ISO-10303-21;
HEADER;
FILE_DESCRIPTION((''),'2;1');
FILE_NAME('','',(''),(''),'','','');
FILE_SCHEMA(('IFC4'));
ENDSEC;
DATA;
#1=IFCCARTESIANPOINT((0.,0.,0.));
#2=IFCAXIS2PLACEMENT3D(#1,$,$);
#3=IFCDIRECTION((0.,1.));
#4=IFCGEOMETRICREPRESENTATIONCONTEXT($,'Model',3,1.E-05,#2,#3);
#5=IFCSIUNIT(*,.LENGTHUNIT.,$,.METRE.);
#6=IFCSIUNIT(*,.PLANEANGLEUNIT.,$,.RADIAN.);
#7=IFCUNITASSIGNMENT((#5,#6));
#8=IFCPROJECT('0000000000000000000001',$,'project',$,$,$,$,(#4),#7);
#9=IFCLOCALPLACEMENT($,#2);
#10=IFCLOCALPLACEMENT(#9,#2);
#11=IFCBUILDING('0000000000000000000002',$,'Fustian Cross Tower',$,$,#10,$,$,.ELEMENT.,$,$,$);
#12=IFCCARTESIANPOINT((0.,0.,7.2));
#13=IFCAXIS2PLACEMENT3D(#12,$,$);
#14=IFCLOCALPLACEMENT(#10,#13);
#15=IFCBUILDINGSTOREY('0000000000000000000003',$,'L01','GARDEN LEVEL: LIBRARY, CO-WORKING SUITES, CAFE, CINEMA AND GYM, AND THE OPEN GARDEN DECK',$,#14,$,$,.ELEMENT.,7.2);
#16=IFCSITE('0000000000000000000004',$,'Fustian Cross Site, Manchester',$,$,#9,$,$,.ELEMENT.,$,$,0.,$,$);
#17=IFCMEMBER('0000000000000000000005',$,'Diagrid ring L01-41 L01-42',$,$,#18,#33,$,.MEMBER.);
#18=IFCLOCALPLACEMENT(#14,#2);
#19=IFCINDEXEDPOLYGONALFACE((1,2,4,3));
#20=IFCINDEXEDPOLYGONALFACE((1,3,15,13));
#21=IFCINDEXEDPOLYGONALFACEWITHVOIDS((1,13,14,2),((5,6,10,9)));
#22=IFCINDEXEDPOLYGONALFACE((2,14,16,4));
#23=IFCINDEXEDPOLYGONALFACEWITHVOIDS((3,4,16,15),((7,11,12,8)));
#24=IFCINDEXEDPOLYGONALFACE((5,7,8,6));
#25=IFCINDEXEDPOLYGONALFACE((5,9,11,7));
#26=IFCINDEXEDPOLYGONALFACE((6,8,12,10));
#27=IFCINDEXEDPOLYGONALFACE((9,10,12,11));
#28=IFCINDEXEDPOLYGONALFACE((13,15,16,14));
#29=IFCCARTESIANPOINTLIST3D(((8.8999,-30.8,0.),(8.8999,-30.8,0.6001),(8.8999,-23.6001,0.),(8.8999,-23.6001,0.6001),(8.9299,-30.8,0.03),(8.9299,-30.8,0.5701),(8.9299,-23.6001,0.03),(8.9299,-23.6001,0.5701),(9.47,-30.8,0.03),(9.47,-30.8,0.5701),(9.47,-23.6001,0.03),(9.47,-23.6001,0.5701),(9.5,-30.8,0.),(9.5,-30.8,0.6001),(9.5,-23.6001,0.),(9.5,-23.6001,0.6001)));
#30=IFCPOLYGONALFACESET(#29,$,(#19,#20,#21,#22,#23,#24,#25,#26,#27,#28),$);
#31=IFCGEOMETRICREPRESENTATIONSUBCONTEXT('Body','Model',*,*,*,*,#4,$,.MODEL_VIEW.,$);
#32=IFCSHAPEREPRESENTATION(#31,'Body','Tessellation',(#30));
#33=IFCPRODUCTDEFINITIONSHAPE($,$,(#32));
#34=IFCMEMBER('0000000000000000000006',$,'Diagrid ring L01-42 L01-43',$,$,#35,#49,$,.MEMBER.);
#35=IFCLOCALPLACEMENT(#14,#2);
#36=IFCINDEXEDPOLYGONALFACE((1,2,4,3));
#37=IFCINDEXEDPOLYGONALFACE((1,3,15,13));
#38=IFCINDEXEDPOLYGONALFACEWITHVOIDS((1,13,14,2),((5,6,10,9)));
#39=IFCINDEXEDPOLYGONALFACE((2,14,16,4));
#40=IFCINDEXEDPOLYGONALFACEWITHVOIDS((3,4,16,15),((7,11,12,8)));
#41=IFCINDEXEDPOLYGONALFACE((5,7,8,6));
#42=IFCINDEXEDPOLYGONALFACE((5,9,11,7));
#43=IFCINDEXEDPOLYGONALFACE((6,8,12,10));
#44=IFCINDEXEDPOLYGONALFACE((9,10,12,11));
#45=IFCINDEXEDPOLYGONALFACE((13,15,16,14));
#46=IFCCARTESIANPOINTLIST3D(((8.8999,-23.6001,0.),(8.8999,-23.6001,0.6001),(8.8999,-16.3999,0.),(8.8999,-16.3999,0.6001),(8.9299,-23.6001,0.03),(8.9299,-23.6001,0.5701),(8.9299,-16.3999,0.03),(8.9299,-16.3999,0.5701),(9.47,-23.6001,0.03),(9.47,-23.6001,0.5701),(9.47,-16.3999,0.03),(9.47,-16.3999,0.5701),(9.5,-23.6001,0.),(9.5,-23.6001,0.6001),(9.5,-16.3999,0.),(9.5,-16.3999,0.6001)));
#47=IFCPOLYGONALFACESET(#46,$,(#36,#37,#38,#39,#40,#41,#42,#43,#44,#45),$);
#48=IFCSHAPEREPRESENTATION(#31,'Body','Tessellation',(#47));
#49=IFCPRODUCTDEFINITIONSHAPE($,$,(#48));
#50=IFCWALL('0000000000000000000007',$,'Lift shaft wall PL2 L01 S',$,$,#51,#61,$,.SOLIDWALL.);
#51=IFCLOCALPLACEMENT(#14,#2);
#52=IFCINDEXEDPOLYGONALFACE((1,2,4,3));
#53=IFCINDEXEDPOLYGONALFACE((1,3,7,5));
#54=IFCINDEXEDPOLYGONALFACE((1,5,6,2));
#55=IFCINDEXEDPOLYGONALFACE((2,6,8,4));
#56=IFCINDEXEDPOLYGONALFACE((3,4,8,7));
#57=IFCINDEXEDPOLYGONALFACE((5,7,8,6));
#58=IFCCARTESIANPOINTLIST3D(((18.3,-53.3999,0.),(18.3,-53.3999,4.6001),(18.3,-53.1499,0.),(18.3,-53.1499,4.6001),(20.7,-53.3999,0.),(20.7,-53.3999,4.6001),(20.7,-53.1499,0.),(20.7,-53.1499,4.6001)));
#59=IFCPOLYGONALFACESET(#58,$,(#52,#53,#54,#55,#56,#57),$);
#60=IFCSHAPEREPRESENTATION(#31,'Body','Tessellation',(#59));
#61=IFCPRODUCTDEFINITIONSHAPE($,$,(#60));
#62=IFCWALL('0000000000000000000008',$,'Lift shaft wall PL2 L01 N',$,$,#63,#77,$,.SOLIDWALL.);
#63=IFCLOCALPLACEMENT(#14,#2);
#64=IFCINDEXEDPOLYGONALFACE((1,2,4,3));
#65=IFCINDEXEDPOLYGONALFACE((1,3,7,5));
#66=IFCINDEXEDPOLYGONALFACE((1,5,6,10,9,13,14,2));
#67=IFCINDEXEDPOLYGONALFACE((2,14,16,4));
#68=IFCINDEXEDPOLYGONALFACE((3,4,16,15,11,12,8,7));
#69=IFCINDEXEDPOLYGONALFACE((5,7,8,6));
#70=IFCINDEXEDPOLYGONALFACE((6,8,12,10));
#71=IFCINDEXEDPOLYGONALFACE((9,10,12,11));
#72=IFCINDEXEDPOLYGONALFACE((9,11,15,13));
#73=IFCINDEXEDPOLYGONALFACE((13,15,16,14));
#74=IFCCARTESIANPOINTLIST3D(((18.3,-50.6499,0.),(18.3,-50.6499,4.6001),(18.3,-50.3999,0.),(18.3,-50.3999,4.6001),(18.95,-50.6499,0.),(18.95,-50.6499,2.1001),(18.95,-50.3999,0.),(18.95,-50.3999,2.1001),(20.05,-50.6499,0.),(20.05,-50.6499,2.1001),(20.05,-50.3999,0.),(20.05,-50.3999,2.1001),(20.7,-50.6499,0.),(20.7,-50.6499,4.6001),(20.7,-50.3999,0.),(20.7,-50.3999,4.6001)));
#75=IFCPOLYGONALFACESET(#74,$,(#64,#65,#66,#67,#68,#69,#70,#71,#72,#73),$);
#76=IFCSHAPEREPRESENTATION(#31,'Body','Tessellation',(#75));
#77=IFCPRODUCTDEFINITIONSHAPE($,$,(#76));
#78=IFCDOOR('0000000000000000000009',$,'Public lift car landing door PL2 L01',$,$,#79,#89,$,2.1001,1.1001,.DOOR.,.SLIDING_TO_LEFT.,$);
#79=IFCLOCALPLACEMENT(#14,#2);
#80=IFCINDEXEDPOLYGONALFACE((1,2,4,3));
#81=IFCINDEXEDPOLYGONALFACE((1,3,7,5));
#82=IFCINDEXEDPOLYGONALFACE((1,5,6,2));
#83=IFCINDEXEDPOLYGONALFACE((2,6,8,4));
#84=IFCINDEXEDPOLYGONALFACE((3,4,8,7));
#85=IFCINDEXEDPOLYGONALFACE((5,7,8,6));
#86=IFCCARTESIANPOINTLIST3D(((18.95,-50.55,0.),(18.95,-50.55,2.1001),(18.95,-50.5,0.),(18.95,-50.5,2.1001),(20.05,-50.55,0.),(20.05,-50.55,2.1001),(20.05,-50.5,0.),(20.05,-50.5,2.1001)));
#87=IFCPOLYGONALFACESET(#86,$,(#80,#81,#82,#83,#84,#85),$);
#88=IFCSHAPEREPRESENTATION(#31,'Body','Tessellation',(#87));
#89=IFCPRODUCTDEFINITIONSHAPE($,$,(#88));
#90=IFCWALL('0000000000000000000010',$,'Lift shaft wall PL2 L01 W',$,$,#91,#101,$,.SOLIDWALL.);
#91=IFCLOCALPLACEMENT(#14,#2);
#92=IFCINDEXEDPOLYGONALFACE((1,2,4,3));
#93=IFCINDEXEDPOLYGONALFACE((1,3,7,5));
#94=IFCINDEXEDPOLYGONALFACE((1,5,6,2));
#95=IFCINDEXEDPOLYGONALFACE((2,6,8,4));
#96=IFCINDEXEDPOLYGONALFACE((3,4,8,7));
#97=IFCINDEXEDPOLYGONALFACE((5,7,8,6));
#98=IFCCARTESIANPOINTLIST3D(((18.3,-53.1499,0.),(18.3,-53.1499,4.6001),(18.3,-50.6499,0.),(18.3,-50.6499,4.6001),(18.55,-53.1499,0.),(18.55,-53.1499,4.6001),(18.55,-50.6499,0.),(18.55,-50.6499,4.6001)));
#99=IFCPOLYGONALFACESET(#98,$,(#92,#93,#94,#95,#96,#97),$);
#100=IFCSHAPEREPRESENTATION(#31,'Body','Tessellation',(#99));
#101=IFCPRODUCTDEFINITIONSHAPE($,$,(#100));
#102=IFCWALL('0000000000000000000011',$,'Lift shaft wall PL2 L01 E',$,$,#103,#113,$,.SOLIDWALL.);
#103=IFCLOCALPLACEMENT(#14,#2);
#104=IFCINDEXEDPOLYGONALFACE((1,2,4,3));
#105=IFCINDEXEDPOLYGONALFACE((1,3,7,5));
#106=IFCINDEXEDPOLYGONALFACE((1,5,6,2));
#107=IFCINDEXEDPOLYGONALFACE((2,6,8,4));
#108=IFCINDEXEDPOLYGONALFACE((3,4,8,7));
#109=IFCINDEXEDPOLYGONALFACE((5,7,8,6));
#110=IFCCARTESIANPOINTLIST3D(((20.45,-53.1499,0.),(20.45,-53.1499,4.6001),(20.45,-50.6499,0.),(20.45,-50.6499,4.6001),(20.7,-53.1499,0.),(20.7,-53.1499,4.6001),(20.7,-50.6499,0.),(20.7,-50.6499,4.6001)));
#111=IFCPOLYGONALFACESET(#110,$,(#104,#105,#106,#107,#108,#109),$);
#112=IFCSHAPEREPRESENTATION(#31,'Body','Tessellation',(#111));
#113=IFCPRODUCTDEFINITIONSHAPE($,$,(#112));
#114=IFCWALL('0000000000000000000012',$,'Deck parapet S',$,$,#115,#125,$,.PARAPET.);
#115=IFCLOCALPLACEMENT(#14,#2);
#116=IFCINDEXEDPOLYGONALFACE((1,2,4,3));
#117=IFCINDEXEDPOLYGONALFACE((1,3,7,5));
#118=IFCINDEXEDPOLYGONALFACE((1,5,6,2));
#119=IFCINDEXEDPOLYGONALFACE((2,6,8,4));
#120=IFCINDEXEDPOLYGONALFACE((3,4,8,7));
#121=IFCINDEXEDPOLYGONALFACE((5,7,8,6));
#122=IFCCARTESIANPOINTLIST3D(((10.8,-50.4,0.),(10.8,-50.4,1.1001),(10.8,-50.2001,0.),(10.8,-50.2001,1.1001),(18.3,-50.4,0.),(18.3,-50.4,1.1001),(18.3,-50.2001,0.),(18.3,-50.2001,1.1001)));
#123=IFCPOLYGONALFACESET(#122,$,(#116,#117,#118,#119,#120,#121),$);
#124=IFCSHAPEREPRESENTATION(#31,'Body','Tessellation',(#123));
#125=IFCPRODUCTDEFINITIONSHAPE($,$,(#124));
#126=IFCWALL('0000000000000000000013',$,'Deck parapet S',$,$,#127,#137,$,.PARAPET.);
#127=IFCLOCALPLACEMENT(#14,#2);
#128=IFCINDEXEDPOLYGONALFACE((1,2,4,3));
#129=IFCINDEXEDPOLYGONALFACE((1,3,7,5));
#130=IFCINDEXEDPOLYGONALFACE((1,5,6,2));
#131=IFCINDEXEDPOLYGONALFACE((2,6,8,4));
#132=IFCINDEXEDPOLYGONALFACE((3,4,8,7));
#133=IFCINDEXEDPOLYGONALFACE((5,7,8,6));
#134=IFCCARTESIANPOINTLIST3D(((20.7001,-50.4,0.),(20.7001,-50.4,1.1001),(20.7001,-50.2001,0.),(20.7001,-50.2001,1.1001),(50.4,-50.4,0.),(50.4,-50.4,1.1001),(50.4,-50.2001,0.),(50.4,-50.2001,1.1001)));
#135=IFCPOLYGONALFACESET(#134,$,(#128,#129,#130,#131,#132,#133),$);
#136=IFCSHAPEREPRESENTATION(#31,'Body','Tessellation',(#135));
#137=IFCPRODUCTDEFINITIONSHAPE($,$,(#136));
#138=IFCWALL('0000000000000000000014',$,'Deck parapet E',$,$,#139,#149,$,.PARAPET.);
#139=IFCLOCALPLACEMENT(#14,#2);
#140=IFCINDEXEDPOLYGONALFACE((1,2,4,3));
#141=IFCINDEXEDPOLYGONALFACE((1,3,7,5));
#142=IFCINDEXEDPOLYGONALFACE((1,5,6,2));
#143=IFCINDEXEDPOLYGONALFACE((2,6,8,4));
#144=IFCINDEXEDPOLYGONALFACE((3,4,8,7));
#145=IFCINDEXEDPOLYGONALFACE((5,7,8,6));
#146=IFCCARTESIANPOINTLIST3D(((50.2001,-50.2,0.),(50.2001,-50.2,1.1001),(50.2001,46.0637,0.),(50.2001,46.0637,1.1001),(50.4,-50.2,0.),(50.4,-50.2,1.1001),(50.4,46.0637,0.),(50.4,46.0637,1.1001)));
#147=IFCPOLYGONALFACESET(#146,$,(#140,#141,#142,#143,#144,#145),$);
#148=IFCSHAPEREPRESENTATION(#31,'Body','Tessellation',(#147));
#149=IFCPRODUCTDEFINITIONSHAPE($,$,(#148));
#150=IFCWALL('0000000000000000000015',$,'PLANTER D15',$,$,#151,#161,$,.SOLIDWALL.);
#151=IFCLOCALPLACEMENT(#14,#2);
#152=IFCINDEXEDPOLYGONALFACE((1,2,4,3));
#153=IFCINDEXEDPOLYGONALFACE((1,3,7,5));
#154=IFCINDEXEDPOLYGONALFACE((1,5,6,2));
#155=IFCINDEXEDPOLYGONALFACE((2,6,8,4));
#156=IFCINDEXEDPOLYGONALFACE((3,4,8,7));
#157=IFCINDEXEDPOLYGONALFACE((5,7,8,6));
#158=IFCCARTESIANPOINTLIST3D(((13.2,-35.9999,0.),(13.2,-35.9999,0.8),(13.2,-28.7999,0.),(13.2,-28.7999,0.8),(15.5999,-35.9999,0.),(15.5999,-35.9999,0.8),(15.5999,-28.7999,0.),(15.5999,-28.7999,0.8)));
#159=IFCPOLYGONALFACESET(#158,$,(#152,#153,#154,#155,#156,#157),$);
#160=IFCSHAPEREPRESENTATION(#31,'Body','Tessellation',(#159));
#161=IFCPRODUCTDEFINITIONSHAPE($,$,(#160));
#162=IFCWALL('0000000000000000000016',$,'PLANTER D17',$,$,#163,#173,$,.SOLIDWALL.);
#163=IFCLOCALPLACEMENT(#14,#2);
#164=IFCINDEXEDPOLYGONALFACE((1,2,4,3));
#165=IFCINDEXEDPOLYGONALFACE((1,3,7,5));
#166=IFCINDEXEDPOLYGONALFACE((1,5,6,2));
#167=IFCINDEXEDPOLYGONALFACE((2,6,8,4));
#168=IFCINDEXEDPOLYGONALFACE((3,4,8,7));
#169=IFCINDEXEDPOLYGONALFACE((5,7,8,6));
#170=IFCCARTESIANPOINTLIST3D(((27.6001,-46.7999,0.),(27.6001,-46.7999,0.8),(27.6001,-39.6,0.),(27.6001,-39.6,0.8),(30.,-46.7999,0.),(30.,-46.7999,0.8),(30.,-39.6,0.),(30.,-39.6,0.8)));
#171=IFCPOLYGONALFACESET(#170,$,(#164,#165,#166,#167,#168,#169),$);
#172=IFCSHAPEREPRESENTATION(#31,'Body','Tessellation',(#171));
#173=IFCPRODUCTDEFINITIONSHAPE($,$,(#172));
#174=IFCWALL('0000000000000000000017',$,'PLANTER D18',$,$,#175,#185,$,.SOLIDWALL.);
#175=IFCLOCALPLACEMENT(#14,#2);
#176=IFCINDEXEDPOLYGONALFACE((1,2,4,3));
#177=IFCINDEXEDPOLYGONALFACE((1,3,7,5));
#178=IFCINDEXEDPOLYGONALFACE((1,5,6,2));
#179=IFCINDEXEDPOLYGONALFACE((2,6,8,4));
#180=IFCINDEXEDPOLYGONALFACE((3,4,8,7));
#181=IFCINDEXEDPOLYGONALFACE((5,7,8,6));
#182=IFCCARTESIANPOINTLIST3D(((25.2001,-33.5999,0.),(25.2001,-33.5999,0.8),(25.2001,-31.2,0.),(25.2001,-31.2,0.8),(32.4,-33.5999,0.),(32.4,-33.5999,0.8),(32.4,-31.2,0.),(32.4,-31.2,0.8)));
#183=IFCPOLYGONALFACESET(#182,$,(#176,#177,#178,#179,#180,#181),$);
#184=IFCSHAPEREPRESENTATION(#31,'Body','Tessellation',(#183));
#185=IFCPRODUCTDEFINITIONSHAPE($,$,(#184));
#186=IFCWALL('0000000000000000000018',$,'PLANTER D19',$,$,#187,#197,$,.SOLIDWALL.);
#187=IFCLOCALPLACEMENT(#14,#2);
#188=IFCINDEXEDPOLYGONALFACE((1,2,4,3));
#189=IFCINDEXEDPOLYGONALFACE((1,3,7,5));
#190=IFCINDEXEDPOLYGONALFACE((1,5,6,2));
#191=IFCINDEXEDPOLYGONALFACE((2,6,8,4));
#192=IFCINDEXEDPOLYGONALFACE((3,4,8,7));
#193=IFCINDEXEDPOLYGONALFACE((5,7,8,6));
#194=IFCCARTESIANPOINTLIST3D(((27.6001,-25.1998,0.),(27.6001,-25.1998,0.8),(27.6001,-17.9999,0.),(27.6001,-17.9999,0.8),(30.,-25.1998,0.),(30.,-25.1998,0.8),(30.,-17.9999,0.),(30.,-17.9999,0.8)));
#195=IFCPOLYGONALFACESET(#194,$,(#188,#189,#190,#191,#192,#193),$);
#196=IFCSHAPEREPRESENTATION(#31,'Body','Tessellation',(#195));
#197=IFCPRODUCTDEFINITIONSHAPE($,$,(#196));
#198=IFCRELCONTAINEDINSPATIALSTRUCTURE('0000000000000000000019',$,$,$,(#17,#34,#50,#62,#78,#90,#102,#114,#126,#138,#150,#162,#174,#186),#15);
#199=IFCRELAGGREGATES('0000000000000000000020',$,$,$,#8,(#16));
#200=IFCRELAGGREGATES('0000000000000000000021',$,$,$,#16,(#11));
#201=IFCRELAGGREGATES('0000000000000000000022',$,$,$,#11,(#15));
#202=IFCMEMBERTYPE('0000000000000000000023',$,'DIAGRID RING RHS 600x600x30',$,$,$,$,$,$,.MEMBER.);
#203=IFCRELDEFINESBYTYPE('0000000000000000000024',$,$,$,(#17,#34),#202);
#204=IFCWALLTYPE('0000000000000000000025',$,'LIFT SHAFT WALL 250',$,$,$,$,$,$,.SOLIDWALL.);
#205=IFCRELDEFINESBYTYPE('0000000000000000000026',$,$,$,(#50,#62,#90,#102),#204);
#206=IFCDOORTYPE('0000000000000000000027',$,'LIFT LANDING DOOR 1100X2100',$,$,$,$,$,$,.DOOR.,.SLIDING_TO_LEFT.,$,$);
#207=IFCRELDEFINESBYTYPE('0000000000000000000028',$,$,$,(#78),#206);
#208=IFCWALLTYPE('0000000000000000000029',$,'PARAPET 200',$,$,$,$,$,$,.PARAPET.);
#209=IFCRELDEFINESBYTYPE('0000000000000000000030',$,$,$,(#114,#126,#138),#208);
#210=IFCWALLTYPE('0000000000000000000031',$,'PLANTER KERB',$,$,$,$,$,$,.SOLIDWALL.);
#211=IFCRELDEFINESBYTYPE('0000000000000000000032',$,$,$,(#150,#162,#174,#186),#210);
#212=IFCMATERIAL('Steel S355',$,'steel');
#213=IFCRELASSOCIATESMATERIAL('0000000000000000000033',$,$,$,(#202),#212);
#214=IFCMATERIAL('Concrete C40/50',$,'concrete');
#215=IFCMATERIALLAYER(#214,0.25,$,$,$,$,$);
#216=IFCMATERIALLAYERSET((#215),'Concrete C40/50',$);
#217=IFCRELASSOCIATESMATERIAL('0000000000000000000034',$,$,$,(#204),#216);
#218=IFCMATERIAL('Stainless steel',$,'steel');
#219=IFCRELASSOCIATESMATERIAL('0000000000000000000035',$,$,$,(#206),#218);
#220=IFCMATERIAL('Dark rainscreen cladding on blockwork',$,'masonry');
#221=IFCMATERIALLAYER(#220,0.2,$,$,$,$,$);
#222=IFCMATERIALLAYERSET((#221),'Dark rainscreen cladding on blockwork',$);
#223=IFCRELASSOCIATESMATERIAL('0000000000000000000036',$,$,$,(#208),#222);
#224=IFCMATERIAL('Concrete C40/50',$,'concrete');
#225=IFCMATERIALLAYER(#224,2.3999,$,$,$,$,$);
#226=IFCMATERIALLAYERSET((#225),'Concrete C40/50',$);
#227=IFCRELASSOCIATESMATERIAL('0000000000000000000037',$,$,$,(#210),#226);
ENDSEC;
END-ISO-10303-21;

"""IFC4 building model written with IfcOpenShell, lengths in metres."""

from ifc_helpers import new_model, si_unit, direction, frame, frame_2d, origin, origin_2d, place, context, subcontext, project, spatial, rectangle, hollow_rectangle, extrude, material, layer, layer_set, material_profile, profile_set, type_object, element, fill, save


model = new_model("IFC4")

# Units and contexts
model_context = context("Model", 3, precision=1e-05, world=origin(), true_north=direction((0.0, 1.0)))
body_context = subcontext(model_context, "Body", "Model", "MODEL_VIEW")
ifc_project = project(units=[si_unit("LENGTHUNIT", "METRE"), si_unit("PLANEANGLEUNIT", "RADIAN")], contexts=[model_context])

# Site, building, storey
site_placement = place(None, origin())
site = spatial("IfcSite", under=ifc_project, at=site_placement, Name="Fustian Cross Site, Manchester", CompositionType="ELEMENT", RefElevation=0.0)
building_placement = place(site_placement, origin())
building = spatial("IfcBuilding", under=site, at=building_placement, Name="Fustian Cross Tower", CompositionType="ELEMENT")
storey_placement = place(building_placement, frame((0.0, 0.0, 7.2)))
storey = spatial("IfcBuildingStorey", under=building, at=storey_placement, Name="L01", Description="GARDEN LEVEL: LIBRARY, CO-WORKING SUITES, CAFE, CINEMA AND GYM, AND THE OPEN GARDEN DECK", CompositionType="ELEMENT", Elevation=7.2)

# Members
ifc_material_1 = material(Name="Steel S355", Category="steel")
ifc_material_profile_1 = material_profile(ifc_material_1, hollow_rectangle(XDim=0.6001, YDim=0.6001, WallThickness=0.03, at=origin_2d()), Name="RHS 600x600x30")
ifc_profile_set_1 = profile_set([ifc_material_profile_1], Name="Steel S355")
member_type_1 = type_object("IfcMemberType", Name="DIAGRID RING RHS 600x600x30", PredefinedType="MEMBER", material=ifc_profile_set_1)
for number, where, z_axis, x_axis, name in (
    (1, (9.2, -30.8, 0.3), (0.0, 1.0, 0.0), (-1.0, 0.0, 0.0), "Diagrid ring L01-41 L01-42"),
):
    element("IfcMember", number, at=place(storey_placement, frame(where, z_axis=z_axis, x_axis=x_axis)), inside=storey, type_object=member_type_1, Name=name, PredefinedType="MEMBER", context=body_context, shape_type="SweptSolid", body=[
        extrude(hollow_rectangle(XDim=0.6001, YDim=0.6001, WallThickness=0.03, at=origin_2d()), origin(), (0.0, 0.0, 1.0), 7.2),
    ])
member_1_placement = place(storey_placement, frame((9.2, -23.6001, 0.3), z_axis=(0.0, 1.0, 0.0), x_axis=(-1.0, 0.0, 0.0)))
element("IfcMember", 2, at=member_1_placement, inside=storey, type_object=member_type_1, Name="Diagrid ring L01-42 L01-43", PredefinedType="MEMBER", context=body_context, shape_type="SweptSolid", body=[
    extrude(hollow_rectangle(XDim=0.6001, YDim=0.6001, WallThickness=0.03, at=origin_2d()), origin(), (0.0, 0.0, 1.0), 7.2002),
])

# Wall
ifc_material_2 = material(Name="Concrete C40/50", Category="concrete")
ifc_layer_1 = layer(ifc_material_2, 0.25)
ifc_layer_set_1 = layer_set([ifc_layer_1], Name="Concrete C40/50")
wall_type_1 = type_object("IfcWallType", Name="LIFT SHAFT WALL 250", PredefinedType="SOLIDWALL", material=ifc_layer_set_1)
wall_1_placement = place(storey_placement, frame((18.3, -53.2749, 0.0), z_axis=(0.0, 0.0, 1.0), x_axis=(1.0, 0.0, 0.0)))
element("IfcWall", 3, at=wall_1_placement, inside=storey, type_object=wall_type_1, Name="Lift shaft wall PL2 L01 S", PredefinedType="SOLIDWALL", context=body_context, shape_type="SweptSolid", body=[
    extrude(rectangle(XDim=2.3999, YDim=0.25, at=frame_2d((1.2, 0.0))), origin(), (0.0, 0.0, 1.0), 4.6001),
])

# Wall, opening, door
wall_2_placement = place(storey_placement, frame((18.3, -50.5249, 0.0), z_axis=(0.0, 0.0, 1.0), x_axis=(1.0, 0.0, 0.0)))
wall_2 = element("IfcWall", 4, at=wall_2_placement, inside=storey, type_object=wall_type_1, Name="Lift shaft wall PL2 L01 N", PredefinedType="SOLIDWALL", context=body_context, shape_type="SweptSolid", body=[
    extrude(rectangle(XDim=2.3999, YDim=0.25, at=frame_2d((1.2, 0.0))), origin(), (0.0, 0.0, 1.0), 4.6001),
])
opening_placement = place(wall_2_placement, frame((0.6499, 0.0, 0.0)))
opening = element("IfcOpeningElement", 5, at=opening_placement, cuts=wall_2, PredefinedType="OPENING", context=body_context, shape_type="SweptSolid", body=[
    extrude(rectangle(XDim=1.1001, YDim=2.1001, at=frame_2d((0.55, 1.05))), frame((0.0, 0.135, 0.0), z_axis=(0.0, -1.0, 0.0), x_axis=(1.0, 0.0, 0.0)), (0.0, 0.0, 1.0), 0.27),
])
ifc_material_3 = material(Name="Stainless steel", Category="steel")
door_type = type_object("IfcDoorType", Name="LIFT LANDING DOOR 1100X2100", OperationType="SLIDING_TO_LEFT", PredefinedType="DOOR", material=ifc_material_3)
door_placement = place(opening_placement, origin())
door = element("IfcDoor", 6, at=door_placement, inside=storey, type_object=door_type, Name="Public lift car landing door PL2 L01", OperationType="SLIDING_TO_LEFT", OverallHeight=2.1001, OverallWidth=1.1001, PredefinedType="DOOR", context=body_context, shape_type="SweptSolid", body=[
    extrude(rectangle(XDim=1.1001, YDim=2.1001, at=frame_2d((0.55, 1.05))), frame((0.0, 0.0249, 0.0), z_axis=(0.0, -1.0, 0.0), x_axis=(1.0, 0.0, 0.0)), (0.0, 0.0, 1.0), 0.05),
])
fill(opening, door)

# Walls
for number, where, z_axis, x_axis, name in (
    (7, (18.425, -53.1499, 0.0), (0.0, 0.0, 1.0), (0.0, 1.0, 0.0), "Lift shaft wall PL2 L01 W"),
    (8, (20.575, -53.1499, 0.0), (0.0, 0.0, 1.0), (0.0, 1.0, 0.0), "Lift shaft wall PL2 L01 E"),
):
    element("IfcWall", number, at=place(storey_placement, frame(where, z_axis=z_axis, x_axis=x_axis)), inside=storey, type_object=wall_type_1, Name=name, PredefinedType="SOLIDWALL", context=body_context, shape_type="SweptSolid", body=[
        extrude(rectangle(XDim=2.5, YDim=0.25, at=frame_2d((1.25, 0.0))), origin(), (0.0, 0.0, 1.0), 4.6001),
    ])
ifc_material_4 = material(Name="Dark rainscreen cladding on blockwork", Category="masonry")
ifc_layer_2 = layer(ifc_material_4, 0.2)
ifc_layer_set_2 = layer_set([ifc_layer_2], Name="Dark rainscreen cladding on blockwork")
wall_type_2 = type_object("IfcWallType", Name="PARAPET 200", PredefinedType="PARAPET", material=ifc_layer_set_2)
wall_3_placement = place(storey_placement, frame((10.8, -50.3, 0.0), z_axis=(0.0, 0.0, 1.0), x_axis=(1.0, 0.0, 0.0)))
element("IfcWall", 9, at=wall_3_placement, inside=storey, type_object=wall_type_2, Name="Deck parapet S", PredefinedType="PARAPET", context=body_context, shape_type="SweptSolid", body=[
    extrude(rectangle(XDim=7.5, YDim=0.2, at=frame_2d((3.75, 0.0))), origin(), (0.0, 0.0, 1.0), 1.1001),
])
wall_4_placement = place(storey_placement, frame((20.7, -50.3, 0.0), z_axis=(0.0, 0.0, 1.0), x_axis=(1.0, 0.0, 0.0)))
element("IfcWall", 10, at=wall_4_placement, inside=storey, type_object=wall_type_2, Name="Deck parapet S", PredefinedType="PARAPET", context=body_context, shape_type="SweptSolid", body=[
    extrude(rectangle(XDim=29.7, YDim=0.2, at=frame_2d((14.8501, 0.0))), origin(), (0.0, 0.0, 1.0), 1.1001),
])
wall_5_placement = place(storey_placement, frame((50.3, -50.2, 0.0), z_axis=(0.0, 0.0, 1.0), x_axis=(0.0, 1.0, 0.0)))
element("IfcWall", 11, at=wall_5_placement, inside=storey, type_object=wall_type_2, Name="Deck parapet E", PredefinedType="PARAPET", context=body_context, shape_type="SweptSolid", body=[
    extrude(rectangle(XDim=96.2637, YDim=0.2, at=frame_2d((48.1318, 0.0))), origin(), (0.0, 0.0, 1.0), 1.1001),
])
ifc_material_5 = material(Name="Concrete C40/50", Category="concrete")
ifc_layer_3 = layer(ifc_material_5, 2.3999)
ifc_layer_set_3 = layer_set([ifc_layer_3], Name="Concrete C40/50")
wall_type_3 = type_object("IfcWallType", Name="PLANTER KERB", PredefinedType="SOLIDWALL", material=ifc_layer_set_3)
for number, where, z_axis, x_axis, name in (
    (12, (14.3999, -36.0, 0.0), (0.0, 0.0, 1.0), (0.0, 1.0, 0.0), "PLANTER D15"),
    (13, (28.8, -46.8, 0.0), (0.0, 0.0, 1.0), (0.0, 1.0, 0.0), "PLANTER D17"),
    (14, (25.2, -32.3999, 0.0), (0.0, 0.0, 1.0), (1.0, 0.0, 0.0), "PLANTER D18"),
    (15, (28.8, -25.2, 0.0), (0.0, 0.0, 1.0), (0.0, 1.0, 0.0), "PLANTER D19"),
):
    element("IfcWall", number, at=place(storey_placement, frame(where, z_axis=z_axis, x_axis=x_axis)), inside=storey, type_object=wall_type_3, Name=name, PredefinedType="SOLIDWALL", context=body_context, shape_type="SweptSolid", body=[
        extrude(rectangle(XDim=7.2, YDim=2.3999, at=frame_2d((3.6001, 0.0))), origin(), (0.0, 0.0, 1.0), 0.8),
    ])

save(model, "model.ifc")
